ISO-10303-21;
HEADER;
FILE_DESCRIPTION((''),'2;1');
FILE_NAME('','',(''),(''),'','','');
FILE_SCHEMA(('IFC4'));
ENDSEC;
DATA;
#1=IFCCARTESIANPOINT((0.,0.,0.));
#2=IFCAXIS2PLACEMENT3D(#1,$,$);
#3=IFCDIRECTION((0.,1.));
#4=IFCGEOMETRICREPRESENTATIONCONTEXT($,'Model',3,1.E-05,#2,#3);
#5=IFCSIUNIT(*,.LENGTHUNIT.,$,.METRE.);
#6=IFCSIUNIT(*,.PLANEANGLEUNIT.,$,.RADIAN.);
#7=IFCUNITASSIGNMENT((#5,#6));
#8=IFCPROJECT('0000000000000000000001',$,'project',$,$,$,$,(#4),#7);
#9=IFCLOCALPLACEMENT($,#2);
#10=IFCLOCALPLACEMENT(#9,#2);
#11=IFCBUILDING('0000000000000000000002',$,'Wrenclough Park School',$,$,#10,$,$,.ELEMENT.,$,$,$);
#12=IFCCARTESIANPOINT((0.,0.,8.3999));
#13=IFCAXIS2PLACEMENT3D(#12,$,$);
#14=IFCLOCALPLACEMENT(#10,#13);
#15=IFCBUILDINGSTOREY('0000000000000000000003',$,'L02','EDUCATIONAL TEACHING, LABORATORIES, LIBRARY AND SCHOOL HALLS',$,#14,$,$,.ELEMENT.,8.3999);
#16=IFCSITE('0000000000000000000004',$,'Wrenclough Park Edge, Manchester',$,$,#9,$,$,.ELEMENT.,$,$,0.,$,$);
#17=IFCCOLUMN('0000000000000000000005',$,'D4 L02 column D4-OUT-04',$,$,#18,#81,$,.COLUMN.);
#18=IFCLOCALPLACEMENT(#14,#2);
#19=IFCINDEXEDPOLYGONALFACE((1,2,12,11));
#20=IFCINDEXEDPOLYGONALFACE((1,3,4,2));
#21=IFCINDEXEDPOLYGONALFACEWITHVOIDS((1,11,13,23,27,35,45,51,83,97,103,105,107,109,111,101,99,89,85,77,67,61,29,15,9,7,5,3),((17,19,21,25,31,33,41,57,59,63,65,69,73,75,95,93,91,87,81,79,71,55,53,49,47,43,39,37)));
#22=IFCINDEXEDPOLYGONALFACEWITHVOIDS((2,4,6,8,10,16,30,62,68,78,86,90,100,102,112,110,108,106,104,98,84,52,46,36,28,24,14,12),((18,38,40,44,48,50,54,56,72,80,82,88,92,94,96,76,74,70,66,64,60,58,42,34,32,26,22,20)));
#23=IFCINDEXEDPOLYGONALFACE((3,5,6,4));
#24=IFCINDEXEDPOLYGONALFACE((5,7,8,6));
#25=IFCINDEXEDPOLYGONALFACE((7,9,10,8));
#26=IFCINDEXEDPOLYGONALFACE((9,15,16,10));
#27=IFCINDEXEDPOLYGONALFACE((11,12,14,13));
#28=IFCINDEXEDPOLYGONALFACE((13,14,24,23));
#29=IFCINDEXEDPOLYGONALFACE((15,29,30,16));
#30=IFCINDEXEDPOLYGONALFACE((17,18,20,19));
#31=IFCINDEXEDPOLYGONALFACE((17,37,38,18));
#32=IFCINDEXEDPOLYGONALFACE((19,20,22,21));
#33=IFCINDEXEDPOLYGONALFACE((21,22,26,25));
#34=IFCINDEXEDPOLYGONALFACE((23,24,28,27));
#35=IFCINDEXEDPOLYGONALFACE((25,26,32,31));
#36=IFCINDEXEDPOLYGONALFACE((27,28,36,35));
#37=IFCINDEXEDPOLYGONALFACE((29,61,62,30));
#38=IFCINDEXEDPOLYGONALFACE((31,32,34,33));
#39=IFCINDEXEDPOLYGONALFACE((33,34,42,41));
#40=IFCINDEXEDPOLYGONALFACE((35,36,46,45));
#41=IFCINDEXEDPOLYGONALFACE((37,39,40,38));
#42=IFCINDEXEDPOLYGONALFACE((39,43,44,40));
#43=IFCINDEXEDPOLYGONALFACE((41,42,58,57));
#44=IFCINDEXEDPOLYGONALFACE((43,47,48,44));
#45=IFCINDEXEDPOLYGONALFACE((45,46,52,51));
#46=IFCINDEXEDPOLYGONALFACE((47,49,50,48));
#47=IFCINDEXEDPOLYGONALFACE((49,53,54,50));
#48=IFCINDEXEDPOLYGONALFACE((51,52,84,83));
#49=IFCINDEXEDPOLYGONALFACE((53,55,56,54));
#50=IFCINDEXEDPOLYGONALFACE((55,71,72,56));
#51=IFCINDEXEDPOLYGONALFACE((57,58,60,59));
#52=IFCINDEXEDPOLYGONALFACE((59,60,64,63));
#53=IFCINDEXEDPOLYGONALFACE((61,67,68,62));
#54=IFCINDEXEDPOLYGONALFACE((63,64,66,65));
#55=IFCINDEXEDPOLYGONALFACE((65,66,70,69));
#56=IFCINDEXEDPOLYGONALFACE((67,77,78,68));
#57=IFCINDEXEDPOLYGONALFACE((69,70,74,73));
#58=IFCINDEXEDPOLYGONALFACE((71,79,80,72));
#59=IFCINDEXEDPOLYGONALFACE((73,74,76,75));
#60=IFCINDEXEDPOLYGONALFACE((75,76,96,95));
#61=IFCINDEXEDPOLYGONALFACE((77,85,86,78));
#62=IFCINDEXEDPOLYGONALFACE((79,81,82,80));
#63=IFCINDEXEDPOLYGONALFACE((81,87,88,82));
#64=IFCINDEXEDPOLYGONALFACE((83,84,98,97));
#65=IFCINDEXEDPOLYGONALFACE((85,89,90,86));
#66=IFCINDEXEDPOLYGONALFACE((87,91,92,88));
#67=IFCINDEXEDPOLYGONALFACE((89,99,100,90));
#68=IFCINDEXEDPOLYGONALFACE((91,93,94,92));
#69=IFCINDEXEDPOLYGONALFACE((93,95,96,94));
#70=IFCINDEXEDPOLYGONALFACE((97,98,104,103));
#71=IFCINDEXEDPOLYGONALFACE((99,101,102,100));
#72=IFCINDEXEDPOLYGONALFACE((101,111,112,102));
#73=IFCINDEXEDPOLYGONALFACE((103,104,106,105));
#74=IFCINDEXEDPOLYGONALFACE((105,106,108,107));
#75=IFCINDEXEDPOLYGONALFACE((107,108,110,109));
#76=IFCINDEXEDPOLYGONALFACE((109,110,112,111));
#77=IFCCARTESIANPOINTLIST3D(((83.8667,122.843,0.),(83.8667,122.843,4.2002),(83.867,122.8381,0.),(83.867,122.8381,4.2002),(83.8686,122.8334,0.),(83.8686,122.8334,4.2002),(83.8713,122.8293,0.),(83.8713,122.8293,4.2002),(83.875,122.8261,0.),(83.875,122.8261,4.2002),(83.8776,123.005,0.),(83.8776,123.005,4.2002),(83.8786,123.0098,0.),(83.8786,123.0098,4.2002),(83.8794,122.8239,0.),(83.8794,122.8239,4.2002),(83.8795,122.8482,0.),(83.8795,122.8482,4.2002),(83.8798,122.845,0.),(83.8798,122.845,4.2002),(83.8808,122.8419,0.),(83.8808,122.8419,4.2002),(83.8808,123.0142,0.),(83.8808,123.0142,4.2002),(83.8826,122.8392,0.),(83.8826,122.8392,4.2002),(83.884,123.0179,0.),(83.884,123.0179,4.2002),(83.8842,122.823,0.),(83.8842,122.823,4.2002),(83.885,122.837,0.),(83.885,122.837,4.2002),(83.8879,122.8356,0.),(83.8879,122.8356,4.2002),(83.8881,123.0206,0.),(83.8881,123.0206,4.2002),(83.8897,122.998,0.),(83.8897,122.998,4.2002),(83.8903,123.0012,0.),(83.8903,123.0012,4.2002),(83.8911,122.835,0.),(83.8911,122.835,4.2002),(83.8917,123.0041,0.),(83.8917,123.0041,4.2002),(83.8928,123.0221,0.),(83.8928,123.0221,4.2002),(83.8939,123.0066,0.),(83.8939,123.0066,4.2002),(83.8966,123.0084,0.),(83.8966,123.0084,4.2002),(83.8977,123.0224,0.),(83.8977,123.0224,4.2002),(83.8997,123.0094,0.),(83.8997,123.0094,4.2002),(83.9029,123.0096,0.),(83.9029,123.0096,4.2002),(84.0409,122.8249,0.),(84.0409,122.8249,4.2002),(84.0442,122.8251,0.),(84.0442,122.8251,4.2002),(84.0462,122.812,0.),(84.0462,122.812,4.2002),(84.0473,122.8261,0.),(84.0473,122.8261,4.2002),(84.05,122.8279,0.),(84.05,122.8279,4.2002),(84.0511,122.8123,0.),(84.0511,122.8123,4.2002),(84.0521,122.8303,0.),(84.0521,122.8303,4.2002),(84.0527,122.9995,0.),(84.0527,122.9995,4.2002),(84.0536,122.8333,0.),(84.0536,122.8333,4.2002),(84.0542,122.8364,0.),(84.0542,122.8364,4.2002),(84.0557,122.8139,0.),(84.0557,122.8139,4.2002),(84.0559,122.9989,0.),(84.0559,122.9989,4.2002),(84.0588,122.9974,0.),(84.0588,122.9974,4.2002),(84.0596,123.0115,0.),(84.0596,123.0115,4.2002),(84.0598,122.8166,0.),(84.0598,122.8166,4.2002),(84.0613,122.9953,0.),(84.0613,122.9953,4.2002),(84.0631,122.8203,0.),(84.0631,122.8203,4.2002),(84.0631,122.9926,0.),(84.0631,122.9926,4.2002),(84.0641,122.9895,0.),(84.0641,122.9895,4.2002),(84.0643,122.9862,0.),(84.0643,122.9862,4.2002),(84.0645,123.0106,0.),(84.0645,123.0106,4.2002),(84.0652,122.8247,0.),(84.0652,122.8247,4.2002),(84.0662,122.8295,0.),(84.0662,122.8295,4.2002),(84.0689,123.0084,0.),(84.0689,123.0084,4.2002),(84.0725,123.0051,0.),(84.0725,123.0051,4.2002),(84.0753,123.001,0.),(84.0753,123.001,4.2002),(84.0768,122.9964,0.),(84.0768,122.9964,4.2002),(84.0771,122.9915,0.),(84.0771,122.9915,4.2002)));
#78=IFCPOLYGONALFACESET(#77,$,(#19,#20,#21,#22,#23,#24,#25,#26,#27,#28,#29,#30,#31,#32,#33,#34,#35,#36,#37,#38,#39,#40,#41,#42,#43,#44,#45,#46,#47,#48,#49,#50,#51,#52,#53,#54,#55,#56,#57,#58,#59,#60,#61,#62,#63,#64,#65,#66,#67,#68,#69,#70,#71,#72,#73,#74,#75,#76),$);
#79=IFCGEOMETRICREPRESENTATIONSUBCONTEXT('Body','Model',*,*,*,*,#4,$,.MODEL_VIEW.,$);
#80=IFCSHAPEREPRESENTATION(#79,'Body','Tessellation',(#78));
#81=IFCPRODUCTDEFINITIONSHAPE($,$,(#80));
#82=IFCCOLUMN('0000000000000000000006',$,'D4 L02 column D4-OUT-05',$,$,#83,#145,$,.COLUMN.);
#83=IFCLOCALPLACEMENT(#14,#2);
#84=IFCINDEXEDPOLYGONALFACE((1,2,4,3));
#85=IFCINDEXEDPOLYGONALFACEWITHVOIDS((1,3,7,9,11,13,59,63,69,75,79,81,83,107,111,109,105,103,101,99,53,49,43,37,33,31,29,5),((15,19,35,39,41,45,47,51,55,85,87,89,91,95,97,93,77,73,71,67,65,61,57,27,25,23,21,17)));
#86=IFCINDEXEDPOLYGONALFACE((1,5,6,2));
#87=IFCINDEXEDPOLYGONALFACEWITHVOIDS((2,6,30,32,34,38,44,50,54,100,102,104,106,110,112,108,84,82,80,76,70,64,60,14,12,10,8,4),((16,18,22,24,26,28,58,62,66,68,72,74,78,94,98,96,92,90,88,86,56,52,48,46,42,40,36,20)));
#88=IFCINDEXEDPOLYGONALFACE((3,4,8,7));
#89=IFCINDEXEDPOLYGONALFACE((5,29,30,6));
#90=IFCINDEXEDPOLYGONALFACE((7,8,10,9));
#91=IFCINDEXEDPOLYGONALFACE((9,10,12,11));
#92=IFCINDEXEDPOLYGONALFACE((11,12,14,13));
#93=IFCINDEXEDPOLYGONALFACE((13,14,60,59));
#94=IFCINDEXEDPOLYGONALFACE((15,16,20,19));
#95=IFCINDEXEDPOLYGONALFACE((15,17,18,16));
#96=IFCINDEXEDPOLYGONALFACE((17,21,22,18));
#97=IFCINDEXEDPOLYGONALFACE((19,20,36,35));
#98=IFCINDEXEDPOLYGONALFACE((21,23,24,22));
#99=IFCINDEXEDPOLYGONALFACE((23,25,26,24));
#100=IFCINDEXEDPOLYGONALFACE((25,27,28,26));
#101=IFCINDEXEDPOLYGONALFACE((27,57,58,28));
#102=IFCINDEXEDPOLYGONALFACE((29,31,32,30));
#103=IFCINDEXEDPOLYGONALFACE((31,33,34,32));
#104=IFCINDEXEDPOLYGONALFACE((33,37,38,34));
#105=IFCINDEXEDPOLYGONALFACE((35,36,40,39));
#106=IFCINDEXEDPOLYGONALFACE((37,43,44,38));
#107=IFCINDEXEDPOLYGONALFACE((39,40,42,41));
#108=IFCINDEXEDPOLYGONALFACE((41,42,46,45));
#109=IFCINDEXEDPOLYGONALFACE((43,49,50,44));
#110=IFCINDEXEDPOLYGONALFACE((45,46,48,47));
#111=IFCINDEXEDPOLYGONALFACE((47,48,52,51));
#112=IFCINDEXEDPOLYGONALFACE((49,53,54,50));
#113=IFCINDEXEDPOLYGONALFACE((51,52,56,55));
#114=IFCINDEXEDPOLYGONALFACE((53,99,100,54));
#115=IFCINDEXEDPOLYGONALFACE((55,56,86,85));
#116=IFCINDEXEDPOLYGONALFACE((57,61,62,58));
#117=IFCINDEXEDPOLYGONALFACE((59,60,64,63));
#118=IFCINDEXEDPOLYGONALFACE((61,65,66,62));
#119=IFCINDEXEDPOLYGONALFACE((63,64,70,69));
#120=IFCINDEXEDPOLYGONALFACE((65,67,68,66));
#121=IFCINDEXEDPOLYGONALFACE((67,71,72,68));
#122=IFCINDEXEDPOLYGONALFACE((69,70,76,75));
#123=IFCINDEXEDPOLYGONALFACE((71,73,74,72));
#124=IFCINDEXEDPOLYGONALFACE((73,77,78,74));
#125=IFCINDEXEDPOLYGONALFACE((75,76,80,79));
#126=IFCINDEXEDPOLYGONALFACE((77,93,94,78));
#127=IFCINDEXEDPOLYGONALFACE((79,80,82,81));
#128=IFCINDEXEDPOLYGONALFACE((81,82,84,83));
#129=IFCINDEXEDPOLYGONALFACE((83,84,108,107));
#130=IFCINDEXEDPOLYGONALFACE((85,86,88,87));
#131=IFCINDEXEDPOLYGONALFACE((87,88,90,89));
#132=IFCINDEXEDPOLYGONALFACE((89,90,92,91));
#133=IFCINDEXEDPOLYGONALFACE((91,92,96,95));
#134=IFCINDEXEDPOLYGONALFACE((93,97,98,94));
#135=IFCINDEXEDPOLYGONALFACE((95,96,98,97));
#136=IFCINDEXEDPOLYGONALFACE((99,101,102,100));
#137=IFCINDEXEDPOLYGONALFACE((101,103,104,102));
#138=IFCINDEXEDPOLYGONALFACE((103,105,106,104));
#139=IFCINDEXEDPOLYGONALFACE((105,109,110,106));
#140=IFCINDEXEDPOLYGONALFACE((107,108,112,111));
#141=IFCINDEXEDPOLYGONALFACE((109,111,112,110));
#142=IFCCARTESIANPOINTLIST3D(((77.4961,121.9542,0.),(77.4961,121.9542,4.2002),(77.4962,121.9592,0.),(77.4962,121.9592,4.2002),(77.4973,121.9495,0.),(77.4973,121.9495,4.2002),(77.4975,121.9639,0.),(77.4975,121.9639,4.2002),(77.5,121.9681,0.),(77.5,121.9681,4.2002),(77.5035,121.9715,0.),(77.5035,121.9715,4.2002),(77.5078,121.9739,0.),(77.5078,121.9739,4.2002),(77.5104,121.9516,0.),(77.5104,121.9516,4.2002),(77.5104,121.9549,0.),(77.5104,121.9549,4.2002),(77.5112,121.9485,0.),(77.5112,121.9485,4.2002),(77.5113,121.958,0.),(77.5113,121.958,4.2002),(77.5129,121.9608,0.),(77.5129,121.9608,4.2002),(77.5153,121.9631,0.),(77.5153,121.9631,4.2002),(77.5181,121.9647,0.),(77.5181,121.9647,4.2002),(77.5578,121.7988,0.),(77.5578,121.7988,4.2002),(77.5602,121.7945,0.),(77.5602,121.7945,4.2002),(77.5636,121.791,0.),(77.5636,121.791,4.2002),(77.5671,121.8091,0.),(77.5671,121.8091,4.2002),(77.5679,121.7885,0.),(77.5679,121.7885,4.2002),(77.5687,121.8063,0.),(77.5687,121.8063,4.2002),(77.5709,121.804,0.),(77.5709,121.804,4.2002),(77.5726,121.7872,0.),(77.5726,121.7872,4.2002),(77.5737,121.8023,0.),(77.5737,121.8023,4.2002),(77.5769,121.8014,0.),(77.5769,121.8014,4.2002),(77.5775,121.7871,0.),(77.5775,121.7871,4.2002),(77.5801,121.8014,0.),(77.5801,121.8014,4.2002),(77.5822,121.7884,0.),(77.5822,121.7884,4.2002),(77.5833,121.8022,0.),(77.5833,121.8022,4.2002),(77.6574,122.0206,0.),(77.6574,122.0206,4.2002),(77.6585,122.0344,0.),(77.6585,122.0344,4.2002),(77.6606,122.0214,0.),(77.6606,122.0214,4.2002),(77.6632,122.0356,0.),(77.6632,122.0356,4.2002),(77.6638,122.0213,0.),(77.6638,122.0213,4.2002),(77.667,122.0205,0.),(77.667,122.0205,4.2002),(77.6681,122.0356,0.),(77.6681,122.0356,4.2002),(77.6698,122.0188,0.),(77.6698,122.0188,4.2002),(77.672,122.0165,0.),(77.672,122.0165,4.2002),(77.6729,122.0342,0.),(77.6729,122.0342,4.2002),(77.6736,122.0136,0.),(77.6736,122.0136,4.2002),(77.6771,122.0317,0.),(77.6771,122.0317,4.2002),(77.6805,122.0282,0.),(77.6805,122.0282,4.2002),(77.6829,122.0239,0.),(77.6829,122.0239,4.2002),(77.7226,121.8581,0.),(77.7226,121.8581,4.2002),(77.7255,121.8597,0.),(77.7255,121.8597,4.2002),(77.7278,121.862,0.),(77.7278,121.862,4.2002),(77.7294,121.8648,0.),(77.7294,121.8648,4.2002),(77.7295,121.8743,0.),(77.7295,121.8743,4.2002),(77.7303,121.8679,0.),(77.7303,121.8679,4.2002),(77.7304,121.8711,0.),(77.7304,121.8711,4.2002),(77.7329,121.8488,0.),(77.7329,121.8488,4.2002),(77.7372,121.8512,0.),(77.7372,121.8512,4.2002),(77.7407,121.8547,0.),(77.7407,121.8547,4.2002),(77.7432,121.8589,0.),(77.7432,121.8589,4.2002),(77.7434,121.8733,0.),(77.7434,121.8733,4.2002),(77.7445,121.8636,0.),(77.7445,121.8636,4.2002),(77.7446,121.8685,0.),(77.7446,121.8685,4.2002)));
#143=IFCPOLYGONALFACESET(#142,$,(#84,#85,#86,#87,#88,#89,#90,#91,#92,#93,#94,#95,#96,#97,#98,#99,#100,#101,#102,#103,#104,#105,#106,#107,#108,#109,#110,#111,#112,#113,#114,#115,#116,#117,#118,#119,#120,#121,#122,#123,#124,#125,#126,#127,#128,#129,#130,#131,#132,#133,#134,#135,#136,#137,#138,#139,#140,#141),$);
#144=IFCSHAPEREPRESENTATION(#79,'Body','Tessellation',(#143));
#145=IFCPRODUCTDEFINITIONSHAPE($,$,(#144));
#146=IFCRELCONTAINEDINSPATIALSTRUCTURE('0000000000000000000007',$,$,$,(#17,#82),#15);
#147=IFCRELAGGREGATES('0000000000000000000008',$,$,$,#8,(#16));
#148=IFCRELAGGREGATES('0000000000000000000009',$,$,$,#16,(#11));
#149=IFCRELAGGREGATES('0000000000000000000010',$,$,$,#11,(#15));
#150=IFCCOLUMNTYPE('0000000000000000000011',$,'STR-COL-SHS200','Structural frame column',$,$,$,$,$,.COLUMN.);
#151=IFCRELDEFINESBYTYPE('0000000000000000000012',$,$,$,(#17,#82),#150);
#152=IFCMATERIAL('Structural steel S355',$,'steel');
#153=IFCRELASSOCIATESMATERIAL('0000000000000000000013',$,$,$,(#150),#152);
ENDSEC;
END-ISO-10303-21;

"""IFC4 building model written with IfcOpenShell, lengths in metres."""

from ifc_helpers import new_model, si_unit, direction, frame, origin, origin_2d, place, context, subcontext, project, spatial, hollow_rectangle, extrude, material, material_profile, profile_set, type_object, element, save


model = new_model("IFC4")

# Units and contexts
model_context = context("Model", 3, precision=1e-05, world=origin(), true_north=direction((0.0, 1.0)))
body_context = subcontext(model_context, "Body", "Model", "MODEL_VIEW")
ifc_project = project(units=[si_unit("LENGTHUNIT", "METRE"), si_unit("PLANEANGLEUNIT", "RADIAN")], contexts=[model_context])

# Site, building, storey
site_placement = place(None, origin())
site = spatial("IfcSite", under=ifc_project, at=site_placement, Name="Wrenclough Park Edge, Manchester", CompositionType="ELEMENT", RefElevation=0.0)
building_placement = place(site_placement, origin())
building = spatial("IfcBuilding", under=site, at=building_placement, Name="Wrenclough Park School", CompositionType="ELEMENT")
storey_placement = place(building_placement, frame((0.0, 0.0, 8.3999)))
storey = spatial("IfcBuildingStorey", under=building, at=storey_placement, Name="L02", Description="EDUCATIONAL TEACHING, LABORATORIES, LIBRARY AND SCHOOL HALLS", CompositionType="ELEMENT", Elevation=8.3999)

# Columns
ifc_material_1 = material(Name="Structural steel S355", Category="steel")
ifc_material_profile_1 = material_profile(ifc_material_1, hollow_rectangle(XDim=0.2, YDim=0.2, WallThickness=0.0125, InnerFilletRadius=0.0125, OuterFilletRadius=0.0188, at=origin_2d()), Name="SHS 200x200x12.5")
ifc_profile_set_1 = profile_set([ifc_material_profile_1], Name="Structural steel S355")
column_type = type_object("IfcColumnType", Name="STR-COL-SHS200", Description="Structural frame column", PredefinedType="COLUMN", material=ifc_profile_set_1)
for number, where, z_axis, x_axis, name in (
    (1, (83.9719, 122.9172, 0.0), (0.0, 0.0, 1.0), (-0.997732, 0.067319, 0.0), "D4 L02 column D4-OUT-04"),
    (2, (77.6204, 121.9114, 0.0), (0.0, 0.0, 1.0), (-0.928096, -0.37234, 0.0), "D4 L02 column D4-OUT-05"),
):
    element("IfcColumn", number, at=place(storey_placement, frame(where, z_axis=z_axis, x_axis=x_axis)), inside=storey, type_object=column_type, Name=name, PredefinedType="COLUMN", context=body_context, shape_type="SweptSolid", body=[
        extrude(hollow_rectangle(XDim=0.2, YDim=0.2, WallThickness=0.0125, InnerFilletRadius=0.0125, OuterFilletRadius=0.0188, at=origin_2d()), origin(), (0.0, 0.0, 1.0), 4.2002),
    ])

save(model, "model.ifc")
